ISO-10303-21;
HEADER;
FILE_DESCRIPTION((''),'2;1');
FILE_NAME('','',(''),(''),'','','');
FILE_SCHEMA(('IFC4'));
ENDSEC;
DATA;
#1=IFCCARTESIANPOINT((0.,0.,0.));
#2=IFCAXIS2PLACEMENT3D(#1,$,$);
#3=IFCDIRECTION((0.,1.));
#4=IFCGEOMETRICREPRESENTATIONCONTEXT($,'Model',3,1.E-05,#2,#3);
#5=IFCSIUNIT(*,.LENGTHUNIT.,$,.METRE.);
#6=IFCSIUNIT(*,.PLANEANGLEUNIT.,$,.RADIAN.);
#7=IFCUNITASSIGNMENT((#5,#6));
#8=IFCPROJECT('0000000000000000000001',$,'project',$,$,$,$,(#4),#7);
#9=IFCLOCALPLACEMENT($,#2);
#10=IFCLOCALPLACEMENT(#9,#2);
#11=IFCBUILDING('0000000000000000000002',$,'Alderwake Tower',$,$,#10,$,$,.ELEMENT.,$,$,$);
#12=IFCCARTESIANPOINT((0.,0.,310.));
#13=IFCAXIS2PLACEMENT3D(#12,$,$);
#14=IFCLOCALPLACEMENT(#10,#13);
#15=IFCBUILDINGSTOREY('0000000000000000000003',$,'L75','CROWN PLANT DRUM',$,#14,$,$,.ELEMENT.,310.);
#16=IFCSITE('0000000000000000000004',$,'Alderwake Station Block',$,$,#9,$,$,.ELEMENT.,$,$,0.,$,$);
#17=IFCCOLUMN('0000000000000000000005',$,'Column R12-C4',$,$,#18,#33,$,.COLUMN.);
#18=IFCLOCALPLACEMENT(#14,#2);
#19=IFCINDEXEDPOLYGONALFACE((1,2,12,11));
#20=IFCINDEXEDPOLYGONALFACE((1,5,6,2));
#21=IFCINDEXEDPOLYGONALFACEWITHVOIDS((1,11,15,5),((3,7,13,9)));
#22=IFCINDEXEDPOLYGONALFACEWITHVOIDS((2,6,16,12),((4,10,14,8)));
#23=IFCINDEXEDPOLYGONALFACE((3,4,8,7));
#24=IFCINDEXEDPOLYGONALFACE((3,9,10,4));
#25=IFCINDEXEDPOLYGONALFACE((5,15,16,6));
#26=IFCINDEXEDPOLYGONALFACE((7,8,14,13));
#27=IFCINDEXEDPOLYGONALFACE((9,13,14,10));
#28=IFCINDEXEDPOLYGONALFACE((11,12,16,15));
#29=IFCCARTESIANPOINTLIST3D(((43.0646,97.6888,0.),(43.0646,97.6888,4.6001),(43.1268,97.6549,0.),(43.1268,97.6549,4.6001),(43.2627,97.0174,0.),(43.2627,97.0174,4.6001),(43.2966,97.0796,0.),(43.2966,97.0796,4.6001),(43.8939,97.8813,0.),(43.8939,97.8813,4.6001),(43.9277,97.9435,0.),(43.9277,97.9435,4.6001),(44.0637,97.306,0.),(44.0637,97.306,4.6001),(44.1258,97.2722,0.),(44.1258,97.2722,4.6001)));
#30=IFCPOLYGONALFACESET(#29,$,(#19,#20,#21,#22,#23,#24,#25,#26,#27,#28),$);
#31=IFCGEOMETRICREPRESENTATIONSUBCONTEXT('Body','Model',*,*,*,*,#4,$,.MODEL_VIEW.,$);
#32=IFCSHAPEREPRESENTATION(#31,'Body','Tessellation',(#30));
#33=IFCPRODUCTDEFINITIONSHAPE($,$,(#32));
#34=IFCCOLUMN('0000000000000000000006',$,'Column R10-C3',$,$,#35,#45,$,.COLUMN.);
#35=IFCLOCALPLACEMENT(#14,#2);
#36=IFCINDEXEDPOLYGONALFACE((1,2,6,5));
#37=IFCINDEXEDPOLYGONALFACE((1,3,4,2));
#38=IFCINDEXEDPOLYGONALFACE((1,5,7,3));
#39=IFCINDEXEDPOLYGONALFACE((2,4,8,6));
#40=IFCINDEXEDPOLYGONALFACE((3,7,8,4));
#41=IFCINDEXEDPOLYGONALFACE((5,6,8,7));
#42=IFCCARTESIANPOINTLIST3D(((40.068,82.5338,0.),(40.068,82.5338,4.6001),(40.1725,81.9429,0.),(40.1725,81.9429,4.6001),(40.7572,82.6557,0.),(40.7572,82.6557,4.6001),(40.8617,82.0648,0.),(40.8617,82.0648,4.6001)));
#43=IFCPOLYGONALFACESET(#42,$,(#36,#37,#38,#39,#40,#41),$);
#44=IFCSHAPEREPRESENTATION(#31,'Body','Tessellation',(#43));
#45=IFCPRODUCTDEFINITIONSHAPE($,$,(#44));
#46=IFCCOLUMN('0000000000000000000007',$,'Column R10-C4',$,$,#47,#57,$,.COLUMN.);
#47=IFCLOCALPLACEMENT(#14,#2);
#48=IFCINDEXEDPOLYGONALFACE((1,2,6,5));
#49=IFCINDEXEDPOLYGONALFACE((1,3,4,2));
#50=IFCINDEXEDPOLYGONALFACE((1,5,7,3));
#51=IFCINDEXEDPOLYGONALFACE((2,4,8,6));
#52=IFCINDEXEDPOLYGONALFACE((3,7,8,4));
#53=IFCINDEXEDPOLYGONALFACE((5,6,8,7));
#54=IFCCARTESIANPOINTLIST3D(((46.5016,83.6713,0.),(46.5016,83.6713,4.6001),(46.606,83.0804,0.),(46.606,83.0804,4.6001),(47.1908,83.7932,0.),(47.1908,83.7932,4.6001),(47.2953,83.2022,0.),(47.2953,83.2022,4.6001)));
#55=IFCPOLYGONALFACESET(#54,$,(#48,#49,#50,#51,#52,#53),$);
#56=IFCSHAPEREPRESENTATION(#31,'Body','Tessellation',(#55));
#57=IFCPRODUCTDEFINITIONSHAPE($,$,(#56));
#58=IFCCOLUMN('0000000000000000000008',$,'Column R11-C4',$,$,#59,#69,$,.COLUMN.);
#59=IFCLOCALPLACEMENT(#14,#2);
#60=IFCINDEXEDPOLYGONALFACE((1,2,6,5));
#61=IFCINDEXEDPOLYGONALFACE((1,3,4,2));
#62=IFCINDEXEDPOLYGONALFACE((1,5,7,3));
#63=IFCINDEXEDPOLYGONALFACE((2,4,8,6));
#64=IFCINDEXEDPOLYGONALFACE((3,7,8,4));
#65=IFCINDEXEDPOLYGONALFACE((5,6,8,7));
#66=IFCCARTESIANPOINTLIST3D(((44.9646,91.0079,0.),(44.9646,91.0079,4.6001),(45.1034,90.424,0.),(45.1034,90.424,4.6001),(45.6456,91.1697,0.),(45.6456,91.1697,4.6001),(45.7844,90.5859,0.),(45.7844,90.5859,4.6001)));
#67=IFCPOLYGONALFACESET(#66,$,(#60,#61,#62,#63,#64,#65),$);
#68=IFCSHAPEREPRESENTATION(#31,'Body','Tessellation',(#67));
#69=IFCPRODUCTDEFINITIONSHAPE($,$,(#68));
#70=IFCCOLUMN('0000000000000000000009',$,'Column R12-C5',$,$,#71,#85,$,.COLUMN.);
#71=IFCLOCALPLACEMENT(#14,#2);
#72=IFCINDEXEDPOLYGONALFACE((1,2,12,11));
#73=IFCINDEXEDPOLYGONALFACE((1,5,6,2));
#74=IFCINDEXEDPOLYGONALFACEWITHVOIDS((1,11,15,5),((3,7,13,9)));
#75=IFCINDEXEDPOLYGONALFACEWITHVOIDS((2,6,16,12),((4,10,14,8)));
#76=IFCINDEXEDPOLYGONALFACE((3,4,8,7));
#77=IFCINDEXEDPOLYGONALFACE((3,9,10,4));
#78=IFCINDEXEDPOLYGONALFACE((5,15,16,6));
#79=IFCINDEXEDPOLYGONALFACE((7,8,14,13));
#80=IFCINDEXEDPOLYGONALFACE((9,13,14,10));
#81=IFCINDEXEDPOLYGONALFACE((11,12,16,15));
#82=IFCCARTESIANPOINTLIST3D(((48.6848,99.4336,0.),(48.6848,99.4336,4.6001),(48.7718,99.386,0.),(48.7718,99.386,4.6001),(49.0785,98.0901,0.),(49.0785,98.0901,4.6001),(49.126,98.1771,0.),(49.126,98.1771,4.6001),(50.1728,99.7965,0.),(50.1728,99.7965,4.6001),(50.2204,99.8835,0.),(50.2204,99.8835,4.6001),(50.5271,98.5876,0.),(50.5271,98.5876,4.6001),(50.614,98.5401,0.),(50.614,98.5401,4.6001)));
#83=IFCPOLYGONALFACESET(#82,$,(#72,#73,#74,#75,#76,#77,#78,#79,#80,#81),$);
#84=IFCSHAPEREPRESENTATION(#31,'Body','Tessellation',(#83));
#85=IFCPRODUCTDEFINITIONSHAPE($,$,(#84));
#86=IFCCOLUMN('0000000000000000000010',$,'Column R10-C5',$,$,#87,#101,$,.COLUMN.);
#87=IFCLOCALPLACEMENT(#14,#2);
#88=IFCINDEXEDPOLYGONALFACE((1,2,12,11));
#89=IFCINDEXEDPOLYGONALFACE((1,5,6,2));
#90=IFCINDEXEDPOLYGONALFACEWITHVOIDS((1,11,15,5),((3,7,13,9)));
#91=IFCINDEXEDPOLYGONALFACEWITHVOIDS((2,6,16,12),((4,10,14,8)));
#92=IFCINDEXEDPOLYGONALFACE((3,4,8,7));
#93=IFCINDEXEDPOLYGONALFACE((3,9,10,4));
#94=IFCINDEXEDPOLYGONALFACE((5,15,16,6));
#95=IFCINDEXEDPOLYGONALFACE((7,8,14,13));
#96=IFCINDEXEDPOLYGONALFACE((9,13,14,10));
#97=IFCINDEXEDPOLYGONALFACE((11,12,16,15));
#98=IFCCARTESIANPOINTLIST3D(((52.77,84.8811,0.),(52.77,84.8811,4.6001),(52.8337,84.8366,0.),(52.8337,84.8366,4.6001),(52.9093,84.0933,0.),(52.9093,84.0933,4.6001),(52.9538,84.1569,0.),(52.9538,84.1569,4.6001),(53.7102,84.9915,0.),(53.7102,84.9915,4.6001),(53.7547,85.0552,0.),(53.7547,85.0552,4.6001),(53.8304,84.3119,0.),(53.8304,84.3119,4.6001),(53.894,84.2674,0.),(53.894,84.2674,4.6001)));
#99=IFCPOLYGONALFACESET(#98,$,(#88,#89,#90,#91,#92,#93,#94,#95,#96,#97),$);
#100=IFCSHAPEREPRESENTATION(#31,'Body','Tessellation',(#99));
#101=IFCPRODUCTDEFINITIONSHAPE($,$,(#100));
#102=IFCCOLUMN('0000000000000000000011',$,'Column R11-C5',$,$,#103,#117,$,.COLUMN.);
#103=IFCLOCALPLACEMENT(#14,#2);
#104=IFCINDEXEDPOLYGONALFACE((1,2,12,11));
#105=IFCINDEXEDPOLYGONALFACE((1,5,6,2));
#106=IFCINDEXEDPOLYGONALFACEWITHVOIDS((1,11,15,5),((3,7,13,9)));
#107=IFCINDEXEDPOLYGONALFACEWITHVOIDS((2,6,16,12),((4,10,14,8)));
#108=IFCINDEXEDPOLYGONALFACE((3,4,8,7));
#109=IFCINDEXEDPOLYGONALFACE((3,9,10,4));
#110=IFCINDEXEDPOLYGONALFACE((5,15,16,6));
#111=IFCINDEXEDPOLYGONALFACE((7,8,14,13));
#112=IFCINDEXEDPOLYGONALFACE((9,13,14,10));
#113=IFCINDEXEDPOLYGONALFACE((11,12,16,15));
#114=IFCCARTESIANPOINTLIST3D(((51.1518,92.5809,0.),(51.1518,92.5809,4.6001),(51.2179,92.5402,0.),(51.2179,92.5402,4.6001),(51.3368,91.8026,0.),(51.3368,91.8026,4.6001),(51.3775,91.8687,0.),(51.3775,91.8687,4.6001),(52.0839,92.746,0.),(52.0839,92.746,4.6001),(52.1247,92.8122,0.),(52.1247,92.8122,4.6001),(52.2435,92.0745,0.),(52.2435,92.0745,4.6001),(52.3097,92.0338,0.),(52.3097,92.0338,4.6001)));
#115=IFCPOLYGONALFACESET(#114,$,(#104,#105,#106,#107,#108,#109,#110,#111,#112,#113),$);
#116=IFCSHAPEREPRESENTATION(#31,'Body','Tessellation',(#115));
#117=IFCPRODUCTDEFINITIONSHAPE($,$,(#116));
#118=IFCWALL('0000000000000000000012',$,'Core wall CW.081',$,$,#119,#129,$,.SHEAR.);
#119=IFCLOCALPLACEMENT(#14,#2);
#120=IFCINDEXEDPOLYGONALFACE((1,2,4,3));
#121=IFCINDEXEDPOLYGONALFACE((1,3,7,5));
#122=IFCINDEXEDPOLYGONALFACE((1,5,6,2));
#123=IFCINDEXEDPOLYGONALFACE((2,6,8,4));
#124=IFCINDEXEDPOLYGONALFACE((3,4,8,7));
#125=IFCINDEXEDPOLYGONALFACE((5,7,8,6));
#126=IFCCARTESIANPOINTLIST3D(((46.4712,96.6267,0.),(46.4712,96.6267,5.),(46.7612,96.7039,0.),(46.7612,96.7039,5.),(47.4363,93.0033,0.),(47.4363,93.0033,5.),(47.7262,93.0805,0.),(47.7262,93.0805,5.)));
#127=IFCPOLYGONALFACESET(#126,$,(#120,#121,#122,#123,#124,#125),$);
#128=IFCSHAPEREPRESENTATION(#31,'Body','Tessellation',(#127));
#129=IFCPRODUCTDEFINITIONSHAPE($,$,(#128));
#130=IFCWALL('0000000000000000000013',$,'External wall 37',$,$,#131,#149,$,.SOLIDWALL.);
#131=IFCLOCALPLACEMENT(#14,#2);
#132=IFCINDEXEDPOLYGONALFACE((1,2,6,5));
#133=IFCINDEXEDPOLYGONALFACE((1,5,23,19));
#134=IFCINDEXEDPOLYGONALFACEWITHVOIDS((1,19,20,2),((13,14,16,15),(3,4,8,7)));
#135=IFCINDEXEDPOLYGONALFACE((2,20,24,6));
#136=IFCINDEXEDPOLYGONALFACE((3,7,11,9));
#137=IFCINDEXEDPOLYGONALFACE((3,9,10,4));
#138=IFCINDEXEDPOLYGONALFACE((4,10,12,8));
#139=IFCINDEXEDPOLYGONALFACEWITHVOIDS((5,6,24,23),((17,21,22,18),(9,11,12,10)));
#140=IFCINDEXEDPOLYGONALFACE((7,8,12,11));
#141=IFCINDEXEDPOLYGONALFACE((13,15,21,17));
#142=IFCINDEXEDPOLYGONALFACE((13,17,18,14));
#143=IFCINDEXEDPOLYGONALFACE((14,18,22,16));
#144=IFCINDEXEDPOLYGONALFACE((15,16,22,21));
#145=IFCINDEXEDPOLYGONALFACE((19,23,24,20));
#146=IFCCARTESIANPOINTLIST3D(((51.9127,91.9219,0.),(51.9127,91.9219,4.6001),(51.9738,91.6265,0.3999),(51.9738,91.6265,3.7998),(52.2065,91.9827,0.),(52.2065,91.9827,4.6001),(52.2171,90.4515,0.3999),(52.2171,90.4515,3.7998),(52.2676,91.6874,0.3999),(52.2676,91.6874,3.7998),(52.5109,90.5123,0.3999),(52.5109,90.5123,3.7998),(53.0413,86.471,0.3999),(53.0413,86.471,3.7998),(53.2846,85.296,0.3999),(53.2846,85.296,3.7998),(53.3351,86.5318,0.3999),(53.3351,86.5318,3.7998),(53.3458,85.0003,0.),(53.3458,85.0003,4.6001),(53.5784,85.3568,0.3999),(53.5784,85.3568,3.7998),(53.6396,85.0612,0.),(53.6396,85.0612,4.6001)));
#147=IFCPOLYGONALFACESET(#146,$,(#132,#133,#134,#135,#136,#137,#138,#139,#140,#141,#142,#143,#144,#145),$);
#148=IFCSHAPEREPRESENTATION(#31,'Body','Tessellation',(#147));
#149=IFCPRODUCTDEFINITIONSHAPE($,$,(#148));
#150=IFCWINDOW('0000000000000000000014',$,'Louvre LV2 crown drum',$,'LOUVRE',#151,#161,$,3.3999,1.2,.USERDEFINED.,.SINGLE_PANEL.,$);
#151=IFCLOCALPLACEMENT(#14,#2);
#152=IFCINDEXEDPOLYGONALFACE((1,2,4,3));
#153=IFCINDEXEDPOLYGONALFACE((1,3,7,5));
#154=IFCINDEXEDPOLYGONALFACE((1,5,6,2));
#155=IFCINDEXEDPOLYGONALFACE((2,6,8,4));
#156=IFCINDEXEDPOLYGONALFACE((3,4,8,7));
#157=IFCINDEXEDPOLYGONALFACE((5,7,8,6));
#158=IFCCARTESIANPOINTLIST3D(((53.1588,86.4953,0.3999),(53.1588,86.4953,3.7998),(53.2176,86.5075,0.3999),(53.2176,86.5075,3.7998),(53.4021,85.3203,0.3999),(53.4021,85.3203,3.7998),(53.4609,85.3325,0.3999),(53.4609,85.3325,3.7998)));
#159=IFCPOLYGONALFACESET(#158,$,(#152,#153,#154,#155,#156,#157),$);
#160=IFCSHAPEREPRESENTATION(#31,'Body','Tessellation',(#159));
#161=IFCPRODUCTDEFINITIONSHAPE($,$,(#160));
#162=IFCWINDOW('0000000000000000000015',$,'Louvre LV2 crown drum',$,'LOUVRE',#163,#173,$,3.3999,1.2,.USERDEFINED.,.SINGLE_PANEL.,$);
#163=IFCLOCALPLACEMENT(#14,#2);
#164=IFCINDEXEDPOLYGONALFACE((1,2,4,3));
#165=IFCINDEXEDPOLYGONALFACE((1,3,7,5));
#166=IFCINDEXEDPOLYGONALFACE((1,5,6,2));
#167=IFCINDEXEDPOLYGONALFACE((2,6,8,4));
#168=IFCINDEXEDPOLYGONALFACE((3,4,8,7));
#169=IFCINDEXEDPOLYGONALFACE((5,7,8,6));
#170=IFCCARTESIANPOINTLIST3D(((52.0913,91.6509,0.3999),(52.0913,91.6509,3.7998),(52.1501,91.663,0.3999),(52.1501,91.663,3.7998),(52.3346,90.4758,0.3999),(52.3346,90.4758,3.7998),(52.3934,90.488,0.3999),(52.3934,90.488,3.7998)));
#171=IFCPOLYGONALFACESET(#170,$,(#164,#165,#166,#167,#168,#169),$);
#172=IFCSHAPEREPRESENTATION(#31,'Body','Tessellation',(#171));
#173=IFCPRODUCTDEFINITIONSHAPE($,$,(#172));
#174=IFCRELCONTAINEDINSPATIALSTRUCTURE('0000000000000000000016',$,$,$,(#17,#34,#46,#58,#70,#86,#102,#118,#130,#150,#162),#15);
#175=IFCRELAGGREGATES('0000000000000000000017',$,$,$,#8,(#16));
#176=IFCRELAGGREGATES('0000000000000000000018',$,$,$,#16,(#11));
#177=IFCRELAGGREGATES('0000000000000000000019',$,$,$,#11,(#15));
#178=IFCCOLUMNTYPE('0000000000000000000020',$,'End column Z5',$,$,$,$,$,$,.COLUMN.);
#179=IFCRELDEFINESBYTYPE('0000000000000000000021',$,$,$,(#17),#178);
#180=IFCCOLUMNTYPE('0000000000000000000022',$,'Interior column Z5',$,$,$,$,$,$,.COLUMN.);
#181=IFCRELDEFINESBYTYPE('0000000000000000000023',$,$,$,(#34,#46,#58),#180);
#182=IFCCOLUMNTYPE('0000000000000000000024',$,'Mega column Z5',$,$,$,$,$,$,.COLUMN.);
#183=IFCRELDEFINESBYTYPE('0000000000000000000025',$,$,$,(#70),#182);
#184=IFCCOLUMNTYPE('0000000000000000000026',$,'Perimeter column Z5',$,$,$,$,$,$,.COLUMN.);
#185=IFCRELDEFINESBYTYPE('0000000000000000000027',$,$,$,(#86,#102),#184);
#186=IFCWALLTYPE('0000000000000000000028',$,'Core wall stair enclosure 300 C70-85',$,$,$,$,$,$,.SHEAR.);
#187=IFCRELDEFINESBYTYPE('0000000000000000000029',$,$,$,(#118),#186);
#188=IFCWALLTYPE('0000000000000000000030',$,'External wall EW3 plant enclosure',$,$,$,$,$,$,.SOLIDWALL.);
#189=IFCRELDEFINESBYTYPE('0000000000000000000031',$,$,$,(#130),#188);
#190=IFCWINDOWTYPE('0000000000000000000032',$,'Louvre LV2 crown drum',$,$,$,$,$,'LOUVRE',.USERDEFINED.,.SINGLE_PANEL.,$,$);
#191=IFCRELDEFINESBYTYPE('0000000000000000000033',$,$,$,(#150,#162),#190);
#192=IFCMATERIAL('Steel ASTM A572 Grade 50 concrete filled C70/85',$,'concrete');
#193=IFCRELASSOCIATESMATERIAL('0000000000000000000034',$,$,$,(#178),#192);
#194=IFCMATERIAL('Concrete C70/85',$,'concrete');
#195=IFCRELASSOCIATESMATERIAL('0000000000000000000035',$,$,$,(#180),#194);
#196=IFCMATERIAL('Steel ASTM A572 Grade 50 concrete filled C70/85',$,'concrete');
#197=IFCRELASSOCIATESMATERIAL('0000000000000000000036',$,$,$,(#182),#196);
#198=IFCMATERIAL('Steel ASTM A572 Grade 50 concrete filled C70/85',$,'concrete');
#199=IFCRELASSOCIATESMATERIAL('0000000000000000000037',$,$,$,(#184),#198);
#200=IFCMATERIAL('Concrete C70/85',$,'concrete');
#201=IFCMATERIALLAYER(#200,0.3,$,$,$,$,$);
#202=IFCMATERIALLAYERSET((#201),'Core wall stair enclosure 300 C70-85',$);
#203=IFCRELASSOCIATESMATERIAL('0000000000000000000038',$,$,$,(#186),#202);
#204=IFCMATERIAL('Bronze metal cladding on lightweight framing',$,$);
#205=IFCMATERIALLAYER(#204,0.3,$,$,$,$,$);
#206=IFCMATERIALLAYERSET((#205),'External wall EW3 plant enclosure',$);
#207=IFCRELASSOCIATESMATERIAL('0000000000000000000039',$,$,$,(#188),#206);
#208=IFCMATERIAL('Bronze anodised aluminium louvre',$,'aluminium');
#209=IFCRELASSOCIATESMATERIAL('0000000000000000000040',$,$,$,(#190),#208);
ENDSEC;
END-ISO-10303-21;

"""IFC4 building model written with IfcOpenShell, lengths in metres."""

from ifc_helpers import new_model, si_unit, direction, frame, frame_2d, origin, origin_2d, place, context, subcontext, project, spatial, rectangle, hollow_rectangle, extrude, material, layer, layer_set, material_profile, profile_set, type_object, element, fill, save


model = new_model("IFC4")

# Units and contexts
model_context = context("Model", 3, precision=1e-05, world=origin(), true_north=direction((0.0, 1.0)))
body_context = subcontext(model_context, "Body", "Model", "MODEL_VIEW")
ifc_project = project(units=[si_unit("LENGTHUNIT", "METRE"), si_unit("PLANEANGLEUNIT", "RADIAN")], contexts=[model_context])

# Site, building, storey
site_placement = place(None, origin())
site = spatial("IfcSite", under=ifc_project, at=site_placement, Name="Alderwake Station Block", CompositionType="ELEMENT", RefElevation=0.0)
building_placement = place(site_placement, origin())
building = spatial("IfcBuilding", under=site, at=building_placement, Name="Alderwake Tower", CompositionType="ELEMENT")
storey_placement = place(building_placement, frame((0.0, 0.0, 310.0)))
storey = spatial("IfcBuildingStorey", under=building, at=storey_placement, Name="L75", Description="CROWN PLANT DRUM", CompositionType="ELEMENT", Elevation=310.0)

# Columns
ifc_material_1 = material(Name="Steel ASTM A572 Grade 50 concrete filled C70/85", Category="concrete")
ifc_material_profile_1 = material_profile(ifc_material_1, hollow_rectangle(XDim=0.7, YDim=0.8999, WallThickness=0.05, at=origin_2d()), Name="BOX 900X700X50")
ifc_profile_set_1 = profile_set([ifc_material_profile_1], Name="Steel ASTM A572 Grade 50 concrete filled C70/85")
column_type_1 = type_object("IfcColumnType", Name="End column Z5", PredefinedType="COLUMN", material=ifc_profile_set_1)
column_1_placement = place(storey_placement, frame((43.5952, 97.4805, 0.0), z_axis=(0.0, 0.0, 1.0), x_axis=(-0.283086, 0.959094, 0.0)))
element("IfcColumn", 1, at=column_1_placement, inside=storey, type_object=column_type_1, Name="Column R12-C4", PredefinedType="COLUMN", context=body_context, shape_type="SweptSolid", body=[
    extrude(hollow_rectangle(XDim=0.7, YDim=0.8999, WallThickness=0.05, at=origin_2d()), origin(), (0.0, 0.0, 1.0), 4.6001),
])
ifc_material_2 = material(Name="Concrete C70/85", Category="concrete")
ifc_material_profile_2 = material_profile(ifc_material_2, rectangle(XDim=0.6001, YDim=0.7, at=origin_2d()), Name="RC 700X600")
ifc_profile_set_2 = profile_set([ifc_material_profile_2], Name="Concrete C70/85")
column_type_2 = type_object("IfcColumnType", Name="Interior column Z5", PredefinedType="COLUMN", material=ifc_profile_set_2)
for number, where, z_axis, x_axis, name in (
    (2, (40.4648, 82.2993, 0.0), (0.0, 0.0, 1.0), (-0.174109, 0.984726, 0.0), "Column R10-C3"),
    (3, (46.8984, 83.4368, 0.0), (0.0, 0.0, 1.0), (-0.174107, 0.984727, 0.0), "Column R10-C4"),
    (4, (45.3745, 90.7969, 0.0), (0.0, 0.0, 1.0), (-0.231222, 0.972901, 0.0), "Column R11-C4"),
):
    element("IfcColumn", number, at=place(storey_placement, frame(where, z_axis=z_axis, x_axis=x_axis)), inside=storey, type_object=column_type_2, Name=name, PredefinedType="COLUMN", context=body_context, shape_type="SweptSolid", body=[
        extrude(rectangle(XDim=0.6001, YDim=0.7, at=origin_2d()), origin(), (0.0, 0.0, 1.0), 4.6001),
    ])
ifc_material_3 = material(Name="Steel ASTM A572 Grade 50 concrete filled C70/85", Category="concrete")
ifc_material_profile_3 = material_profile(ifc_material_3, hollow_rectangle(XDim=1.3999, YDim=1.6001, WallThickness=0.0701, at=origin_2d()), Name="BOX 1600X1400X70")
ifc_profile_set_3 = profile_set([ifc_material_profile_3], Name="Steel ASTM A572 Grade 50 concrete filled C70/85")
column_type_3 = type_object("IfcColumnType", Name="Mega column Z5", PredefinedType="COLUMN", material=ifc_profile_set_3)
column_2_placement = place(storey_placement, frame((49.6494, 98.9868, 0.0), z_axis=(0.0, 0.0, 1.0), x_axis=(-0.281176, 0.959656, 0.0)))
element("IfcColumn", 5, at=column_2_placement, inside=storey, type_object=column_type_3, Name="Column R12-C5", PredefinedType="COLUMN", context=body_context, shape_type="SweptSolid", body=[
    extrude(hollow_rectangle(XDim=1.3999, YDim=1.6001, WallThickness=0.0701, at=origin_2d()), origin(), (0.0, 0.0, 1.0), 4.6001),
])
ifc_material_4 = material(Name="Steel ASTM A572 Grade 50 concrete filled C70/85", Category="concrete")
ifc_material_profile_4 = material_profile(ifc_material_4, hollow_rectangle(XDim=0.8, YDim=1.0, WallThickness=0.0549, at=origin_2d()), Name="BOX 1000X800X55")
ifc_profile_set_4 = profile_set([ifc_material_profile_4], Name="Steel ASTM A572 Grade 50 concrete filled C70/85")
column_type_4 = type_object("IfcColumnType", Name="Perimeter column Z5", PredefinedType="COLUMN", material=ifc_profile_set_4)
for number, where, z_axis, x_axis, name in (
    (6, (53.332, 84.5742, 0.0), (0.0, 0.0, 1.0), (-0.174107, 0.984727, 0.0), "Column R10-C5"),
    (7, (51.7307, 92.3074, 0.0), (0.0, 0.0, 1.0), (-0.231222, 0.972901, 0.0), "Column R11-C5"),
):
    element("IfcColumn", number, at=place(storey_placement, frame(where, z_axis=z_axis, x_axis=x_axis)), inside=storey, type_object=column_type_4, Name=name, PredefinedType="COLUMN", context=body_context, shape_type="SweptSolid", body=[
        extrude(hollow_rectangle(XDim=0.8, YDim=1.0, WallThickness=0.0549, at=origin_2d()), origin(), (0.0, 0.0, 1.0), 4.6001),
    ])

# Wall
ifc_material_5 = material(Name="Concrete C70/85", Category="concrete")
ifc_layer_1 = layer(ifc_material_5, 0.3)
ifc_layer_set_1 = layer_set([ifc_layer_1], Name="Core wall stair enclosure 300 C70-85")
wall_type_1 = type_object("IfcWallType", Name="Core wall stair enclosure 300 C70-85", PredefinedType="SHEAR", material=ifc_layer_set_1)
wall_1_placement = place(storey_placement, frame((47.5813, 93.0417, 0.0), z_axis=(0.0, 0.0, 1.0), x_axis=(-0.257367, 0.966314, 0.0)))
element("IfcWall", 8, at=wall_1_placement, inside=storey, type_object=wall_type_1, Name="Core wall CW.081", PredefinedType="SHEAR", context=body_context, shape_type="SweptSolid", body=[
    extrude(rectangle(XDim=3.7498, YDim=0.3, at=frame_2d((1.875, 0.0))), origin(), (0.0, 0.0, 1.0), 5.0),
])

# Wall, openings, windows
ifc_material_6 = material(Name="Bronze metal cladding on lightweight framing")
ifc_layer_2 = layer(ifc_material_6, 0.3)
ifc_layer_set_2 = layer_set([ifc_layer_2], Name="External wall EW3 plant enclosure")
wall_type_2 = type_object("IfcWallType", Name="External wall EW3 plant enclosure", PredefinedType="SOLIDWALL", material=ifc_layer_set_2)
wall_2_placement = place(storey_placement, frame((53.4927, 85.0308, 0.0), z_axis=(0.0, 0.0, 1.0), x_axis=(-0.202747, 0.979231, 0.0)))
wall_2 = element("IfcWall", 9, at=wall_2_placement, inside=storey, type_object=wall_type_2, Name="External wall 37", PredefinedType="SOLIDWALL", context=body_context, shape_type="SweptSolid", body=[
    extrude(rectangle(XDim=7.0684, YDim=0.3, at=frame_2d((3.5342, 0.0))), origin(), (0.0, 0.0, 1.0), 4.6001),
])
opening_1_placement = place(wall_2_placement, frame((0.3018, 0.0, 0.3999)))
opening_1 = element("IfcOpeningElement", 10, at=opening_1_placement, cuts=wall_2, PredefinedType="OPENING", context=body_context, shape_type="SweptSolid", body=[
    extrude(rectangle(XDim=1.2, YDim=3.3999, at=frame_2d((0.6001, 1.7))), frame((0.0, 0.1599, 0.0), z_axis=(0.0, -1.0, 0.0), x_axis=(1.0, 0.0, 0.0)), (0.0, 0.0, 1.0), 0.3201),
])
opening_2_placement = place(wall_2_placement, frame((5.5667, 0.0, 0.3999)))
opening_2 = element("IfcOpeningElement", 11, at=opening_2_placement, cuts=wall_2, PredefinedType="OPENING", context=body_context, shape_type="SweptSolid", body=[
    extrude(rectangle(XDim=1.2, YDim=3.3999, at=frame_2d((0.6001, 1.7))), frame((0.0, 0.1599, 0.0), z_axis=(0.0, -1.0, 0.0), x_axis=(1.0, 0.0, 0.0)), (0.0, 0.0, 1.0), 0.3201),
])
ifc_material_7 = material(Name="Bronze anodised aluminium louvre", Category="aluminium")
window_type = type_object("IfcWindowType", Name="Louvre LV2 crown drum", ElementType="LOUVRE", PartitioningType="SINGLE_PANEL", PredefinedType="USERDEFINED", material=ifc_material_7)
window_1_placement = place(opening_1_placement, origin())
window_1 = element("IfcWindow", 12, at=window_1_placement, inside=storey, type_object=window_type, Name="Louvre LV2 crown drum", ObjectType="LOUVRE", OverallHeight=3.3999, OverallWidth=1.2, PartitioningType="SINGLE_PANEL", PredefinedType="USERDEFINED", context=body_context, shape_type="SweptSolid", body=[
    extrude(rectangle(XDim=1.2, YDim=3.3999, at=frame_2d((0.6001, 1.7))), frame((0.0, 0.03, 0.0), z_axis=(0.0, -1.0, 0.0), x_axis=(1.0, 0.0, 0.0)), (0.0, 0.0, 1.0), 0.0601),
])
fill(opening_1, window_1)
window_2_placement = place(opening_2_placement, origin())
window_2 = element("IfcWindow", 13, at=window_2_placement, inside=storey, type_object=window_type, Name="Louvre LV2 crown drum", ObjectType="LOUVRE", OverallHeight=3.3999, OverallWidth=1.2, PartitioningType="SINGLE_PANEL", PredefinedType="USERDEFINED", context=body_context, shape_type="SweptSolid", body=[
    extrude(rectangle(XDim=1.2, YDim=3.3999, at=frame_2d((0.6001, 1.7))), frame((0.0, 0.03, 0.0), z_axis=(0.0, -1.0, 0.0), x_axis=(1.0, 0.0, 0.0)), (0.0, 0.0, 1.0), 0.0601),
])
fill(opening_2, window_2)

save(model, "model.ifc")
